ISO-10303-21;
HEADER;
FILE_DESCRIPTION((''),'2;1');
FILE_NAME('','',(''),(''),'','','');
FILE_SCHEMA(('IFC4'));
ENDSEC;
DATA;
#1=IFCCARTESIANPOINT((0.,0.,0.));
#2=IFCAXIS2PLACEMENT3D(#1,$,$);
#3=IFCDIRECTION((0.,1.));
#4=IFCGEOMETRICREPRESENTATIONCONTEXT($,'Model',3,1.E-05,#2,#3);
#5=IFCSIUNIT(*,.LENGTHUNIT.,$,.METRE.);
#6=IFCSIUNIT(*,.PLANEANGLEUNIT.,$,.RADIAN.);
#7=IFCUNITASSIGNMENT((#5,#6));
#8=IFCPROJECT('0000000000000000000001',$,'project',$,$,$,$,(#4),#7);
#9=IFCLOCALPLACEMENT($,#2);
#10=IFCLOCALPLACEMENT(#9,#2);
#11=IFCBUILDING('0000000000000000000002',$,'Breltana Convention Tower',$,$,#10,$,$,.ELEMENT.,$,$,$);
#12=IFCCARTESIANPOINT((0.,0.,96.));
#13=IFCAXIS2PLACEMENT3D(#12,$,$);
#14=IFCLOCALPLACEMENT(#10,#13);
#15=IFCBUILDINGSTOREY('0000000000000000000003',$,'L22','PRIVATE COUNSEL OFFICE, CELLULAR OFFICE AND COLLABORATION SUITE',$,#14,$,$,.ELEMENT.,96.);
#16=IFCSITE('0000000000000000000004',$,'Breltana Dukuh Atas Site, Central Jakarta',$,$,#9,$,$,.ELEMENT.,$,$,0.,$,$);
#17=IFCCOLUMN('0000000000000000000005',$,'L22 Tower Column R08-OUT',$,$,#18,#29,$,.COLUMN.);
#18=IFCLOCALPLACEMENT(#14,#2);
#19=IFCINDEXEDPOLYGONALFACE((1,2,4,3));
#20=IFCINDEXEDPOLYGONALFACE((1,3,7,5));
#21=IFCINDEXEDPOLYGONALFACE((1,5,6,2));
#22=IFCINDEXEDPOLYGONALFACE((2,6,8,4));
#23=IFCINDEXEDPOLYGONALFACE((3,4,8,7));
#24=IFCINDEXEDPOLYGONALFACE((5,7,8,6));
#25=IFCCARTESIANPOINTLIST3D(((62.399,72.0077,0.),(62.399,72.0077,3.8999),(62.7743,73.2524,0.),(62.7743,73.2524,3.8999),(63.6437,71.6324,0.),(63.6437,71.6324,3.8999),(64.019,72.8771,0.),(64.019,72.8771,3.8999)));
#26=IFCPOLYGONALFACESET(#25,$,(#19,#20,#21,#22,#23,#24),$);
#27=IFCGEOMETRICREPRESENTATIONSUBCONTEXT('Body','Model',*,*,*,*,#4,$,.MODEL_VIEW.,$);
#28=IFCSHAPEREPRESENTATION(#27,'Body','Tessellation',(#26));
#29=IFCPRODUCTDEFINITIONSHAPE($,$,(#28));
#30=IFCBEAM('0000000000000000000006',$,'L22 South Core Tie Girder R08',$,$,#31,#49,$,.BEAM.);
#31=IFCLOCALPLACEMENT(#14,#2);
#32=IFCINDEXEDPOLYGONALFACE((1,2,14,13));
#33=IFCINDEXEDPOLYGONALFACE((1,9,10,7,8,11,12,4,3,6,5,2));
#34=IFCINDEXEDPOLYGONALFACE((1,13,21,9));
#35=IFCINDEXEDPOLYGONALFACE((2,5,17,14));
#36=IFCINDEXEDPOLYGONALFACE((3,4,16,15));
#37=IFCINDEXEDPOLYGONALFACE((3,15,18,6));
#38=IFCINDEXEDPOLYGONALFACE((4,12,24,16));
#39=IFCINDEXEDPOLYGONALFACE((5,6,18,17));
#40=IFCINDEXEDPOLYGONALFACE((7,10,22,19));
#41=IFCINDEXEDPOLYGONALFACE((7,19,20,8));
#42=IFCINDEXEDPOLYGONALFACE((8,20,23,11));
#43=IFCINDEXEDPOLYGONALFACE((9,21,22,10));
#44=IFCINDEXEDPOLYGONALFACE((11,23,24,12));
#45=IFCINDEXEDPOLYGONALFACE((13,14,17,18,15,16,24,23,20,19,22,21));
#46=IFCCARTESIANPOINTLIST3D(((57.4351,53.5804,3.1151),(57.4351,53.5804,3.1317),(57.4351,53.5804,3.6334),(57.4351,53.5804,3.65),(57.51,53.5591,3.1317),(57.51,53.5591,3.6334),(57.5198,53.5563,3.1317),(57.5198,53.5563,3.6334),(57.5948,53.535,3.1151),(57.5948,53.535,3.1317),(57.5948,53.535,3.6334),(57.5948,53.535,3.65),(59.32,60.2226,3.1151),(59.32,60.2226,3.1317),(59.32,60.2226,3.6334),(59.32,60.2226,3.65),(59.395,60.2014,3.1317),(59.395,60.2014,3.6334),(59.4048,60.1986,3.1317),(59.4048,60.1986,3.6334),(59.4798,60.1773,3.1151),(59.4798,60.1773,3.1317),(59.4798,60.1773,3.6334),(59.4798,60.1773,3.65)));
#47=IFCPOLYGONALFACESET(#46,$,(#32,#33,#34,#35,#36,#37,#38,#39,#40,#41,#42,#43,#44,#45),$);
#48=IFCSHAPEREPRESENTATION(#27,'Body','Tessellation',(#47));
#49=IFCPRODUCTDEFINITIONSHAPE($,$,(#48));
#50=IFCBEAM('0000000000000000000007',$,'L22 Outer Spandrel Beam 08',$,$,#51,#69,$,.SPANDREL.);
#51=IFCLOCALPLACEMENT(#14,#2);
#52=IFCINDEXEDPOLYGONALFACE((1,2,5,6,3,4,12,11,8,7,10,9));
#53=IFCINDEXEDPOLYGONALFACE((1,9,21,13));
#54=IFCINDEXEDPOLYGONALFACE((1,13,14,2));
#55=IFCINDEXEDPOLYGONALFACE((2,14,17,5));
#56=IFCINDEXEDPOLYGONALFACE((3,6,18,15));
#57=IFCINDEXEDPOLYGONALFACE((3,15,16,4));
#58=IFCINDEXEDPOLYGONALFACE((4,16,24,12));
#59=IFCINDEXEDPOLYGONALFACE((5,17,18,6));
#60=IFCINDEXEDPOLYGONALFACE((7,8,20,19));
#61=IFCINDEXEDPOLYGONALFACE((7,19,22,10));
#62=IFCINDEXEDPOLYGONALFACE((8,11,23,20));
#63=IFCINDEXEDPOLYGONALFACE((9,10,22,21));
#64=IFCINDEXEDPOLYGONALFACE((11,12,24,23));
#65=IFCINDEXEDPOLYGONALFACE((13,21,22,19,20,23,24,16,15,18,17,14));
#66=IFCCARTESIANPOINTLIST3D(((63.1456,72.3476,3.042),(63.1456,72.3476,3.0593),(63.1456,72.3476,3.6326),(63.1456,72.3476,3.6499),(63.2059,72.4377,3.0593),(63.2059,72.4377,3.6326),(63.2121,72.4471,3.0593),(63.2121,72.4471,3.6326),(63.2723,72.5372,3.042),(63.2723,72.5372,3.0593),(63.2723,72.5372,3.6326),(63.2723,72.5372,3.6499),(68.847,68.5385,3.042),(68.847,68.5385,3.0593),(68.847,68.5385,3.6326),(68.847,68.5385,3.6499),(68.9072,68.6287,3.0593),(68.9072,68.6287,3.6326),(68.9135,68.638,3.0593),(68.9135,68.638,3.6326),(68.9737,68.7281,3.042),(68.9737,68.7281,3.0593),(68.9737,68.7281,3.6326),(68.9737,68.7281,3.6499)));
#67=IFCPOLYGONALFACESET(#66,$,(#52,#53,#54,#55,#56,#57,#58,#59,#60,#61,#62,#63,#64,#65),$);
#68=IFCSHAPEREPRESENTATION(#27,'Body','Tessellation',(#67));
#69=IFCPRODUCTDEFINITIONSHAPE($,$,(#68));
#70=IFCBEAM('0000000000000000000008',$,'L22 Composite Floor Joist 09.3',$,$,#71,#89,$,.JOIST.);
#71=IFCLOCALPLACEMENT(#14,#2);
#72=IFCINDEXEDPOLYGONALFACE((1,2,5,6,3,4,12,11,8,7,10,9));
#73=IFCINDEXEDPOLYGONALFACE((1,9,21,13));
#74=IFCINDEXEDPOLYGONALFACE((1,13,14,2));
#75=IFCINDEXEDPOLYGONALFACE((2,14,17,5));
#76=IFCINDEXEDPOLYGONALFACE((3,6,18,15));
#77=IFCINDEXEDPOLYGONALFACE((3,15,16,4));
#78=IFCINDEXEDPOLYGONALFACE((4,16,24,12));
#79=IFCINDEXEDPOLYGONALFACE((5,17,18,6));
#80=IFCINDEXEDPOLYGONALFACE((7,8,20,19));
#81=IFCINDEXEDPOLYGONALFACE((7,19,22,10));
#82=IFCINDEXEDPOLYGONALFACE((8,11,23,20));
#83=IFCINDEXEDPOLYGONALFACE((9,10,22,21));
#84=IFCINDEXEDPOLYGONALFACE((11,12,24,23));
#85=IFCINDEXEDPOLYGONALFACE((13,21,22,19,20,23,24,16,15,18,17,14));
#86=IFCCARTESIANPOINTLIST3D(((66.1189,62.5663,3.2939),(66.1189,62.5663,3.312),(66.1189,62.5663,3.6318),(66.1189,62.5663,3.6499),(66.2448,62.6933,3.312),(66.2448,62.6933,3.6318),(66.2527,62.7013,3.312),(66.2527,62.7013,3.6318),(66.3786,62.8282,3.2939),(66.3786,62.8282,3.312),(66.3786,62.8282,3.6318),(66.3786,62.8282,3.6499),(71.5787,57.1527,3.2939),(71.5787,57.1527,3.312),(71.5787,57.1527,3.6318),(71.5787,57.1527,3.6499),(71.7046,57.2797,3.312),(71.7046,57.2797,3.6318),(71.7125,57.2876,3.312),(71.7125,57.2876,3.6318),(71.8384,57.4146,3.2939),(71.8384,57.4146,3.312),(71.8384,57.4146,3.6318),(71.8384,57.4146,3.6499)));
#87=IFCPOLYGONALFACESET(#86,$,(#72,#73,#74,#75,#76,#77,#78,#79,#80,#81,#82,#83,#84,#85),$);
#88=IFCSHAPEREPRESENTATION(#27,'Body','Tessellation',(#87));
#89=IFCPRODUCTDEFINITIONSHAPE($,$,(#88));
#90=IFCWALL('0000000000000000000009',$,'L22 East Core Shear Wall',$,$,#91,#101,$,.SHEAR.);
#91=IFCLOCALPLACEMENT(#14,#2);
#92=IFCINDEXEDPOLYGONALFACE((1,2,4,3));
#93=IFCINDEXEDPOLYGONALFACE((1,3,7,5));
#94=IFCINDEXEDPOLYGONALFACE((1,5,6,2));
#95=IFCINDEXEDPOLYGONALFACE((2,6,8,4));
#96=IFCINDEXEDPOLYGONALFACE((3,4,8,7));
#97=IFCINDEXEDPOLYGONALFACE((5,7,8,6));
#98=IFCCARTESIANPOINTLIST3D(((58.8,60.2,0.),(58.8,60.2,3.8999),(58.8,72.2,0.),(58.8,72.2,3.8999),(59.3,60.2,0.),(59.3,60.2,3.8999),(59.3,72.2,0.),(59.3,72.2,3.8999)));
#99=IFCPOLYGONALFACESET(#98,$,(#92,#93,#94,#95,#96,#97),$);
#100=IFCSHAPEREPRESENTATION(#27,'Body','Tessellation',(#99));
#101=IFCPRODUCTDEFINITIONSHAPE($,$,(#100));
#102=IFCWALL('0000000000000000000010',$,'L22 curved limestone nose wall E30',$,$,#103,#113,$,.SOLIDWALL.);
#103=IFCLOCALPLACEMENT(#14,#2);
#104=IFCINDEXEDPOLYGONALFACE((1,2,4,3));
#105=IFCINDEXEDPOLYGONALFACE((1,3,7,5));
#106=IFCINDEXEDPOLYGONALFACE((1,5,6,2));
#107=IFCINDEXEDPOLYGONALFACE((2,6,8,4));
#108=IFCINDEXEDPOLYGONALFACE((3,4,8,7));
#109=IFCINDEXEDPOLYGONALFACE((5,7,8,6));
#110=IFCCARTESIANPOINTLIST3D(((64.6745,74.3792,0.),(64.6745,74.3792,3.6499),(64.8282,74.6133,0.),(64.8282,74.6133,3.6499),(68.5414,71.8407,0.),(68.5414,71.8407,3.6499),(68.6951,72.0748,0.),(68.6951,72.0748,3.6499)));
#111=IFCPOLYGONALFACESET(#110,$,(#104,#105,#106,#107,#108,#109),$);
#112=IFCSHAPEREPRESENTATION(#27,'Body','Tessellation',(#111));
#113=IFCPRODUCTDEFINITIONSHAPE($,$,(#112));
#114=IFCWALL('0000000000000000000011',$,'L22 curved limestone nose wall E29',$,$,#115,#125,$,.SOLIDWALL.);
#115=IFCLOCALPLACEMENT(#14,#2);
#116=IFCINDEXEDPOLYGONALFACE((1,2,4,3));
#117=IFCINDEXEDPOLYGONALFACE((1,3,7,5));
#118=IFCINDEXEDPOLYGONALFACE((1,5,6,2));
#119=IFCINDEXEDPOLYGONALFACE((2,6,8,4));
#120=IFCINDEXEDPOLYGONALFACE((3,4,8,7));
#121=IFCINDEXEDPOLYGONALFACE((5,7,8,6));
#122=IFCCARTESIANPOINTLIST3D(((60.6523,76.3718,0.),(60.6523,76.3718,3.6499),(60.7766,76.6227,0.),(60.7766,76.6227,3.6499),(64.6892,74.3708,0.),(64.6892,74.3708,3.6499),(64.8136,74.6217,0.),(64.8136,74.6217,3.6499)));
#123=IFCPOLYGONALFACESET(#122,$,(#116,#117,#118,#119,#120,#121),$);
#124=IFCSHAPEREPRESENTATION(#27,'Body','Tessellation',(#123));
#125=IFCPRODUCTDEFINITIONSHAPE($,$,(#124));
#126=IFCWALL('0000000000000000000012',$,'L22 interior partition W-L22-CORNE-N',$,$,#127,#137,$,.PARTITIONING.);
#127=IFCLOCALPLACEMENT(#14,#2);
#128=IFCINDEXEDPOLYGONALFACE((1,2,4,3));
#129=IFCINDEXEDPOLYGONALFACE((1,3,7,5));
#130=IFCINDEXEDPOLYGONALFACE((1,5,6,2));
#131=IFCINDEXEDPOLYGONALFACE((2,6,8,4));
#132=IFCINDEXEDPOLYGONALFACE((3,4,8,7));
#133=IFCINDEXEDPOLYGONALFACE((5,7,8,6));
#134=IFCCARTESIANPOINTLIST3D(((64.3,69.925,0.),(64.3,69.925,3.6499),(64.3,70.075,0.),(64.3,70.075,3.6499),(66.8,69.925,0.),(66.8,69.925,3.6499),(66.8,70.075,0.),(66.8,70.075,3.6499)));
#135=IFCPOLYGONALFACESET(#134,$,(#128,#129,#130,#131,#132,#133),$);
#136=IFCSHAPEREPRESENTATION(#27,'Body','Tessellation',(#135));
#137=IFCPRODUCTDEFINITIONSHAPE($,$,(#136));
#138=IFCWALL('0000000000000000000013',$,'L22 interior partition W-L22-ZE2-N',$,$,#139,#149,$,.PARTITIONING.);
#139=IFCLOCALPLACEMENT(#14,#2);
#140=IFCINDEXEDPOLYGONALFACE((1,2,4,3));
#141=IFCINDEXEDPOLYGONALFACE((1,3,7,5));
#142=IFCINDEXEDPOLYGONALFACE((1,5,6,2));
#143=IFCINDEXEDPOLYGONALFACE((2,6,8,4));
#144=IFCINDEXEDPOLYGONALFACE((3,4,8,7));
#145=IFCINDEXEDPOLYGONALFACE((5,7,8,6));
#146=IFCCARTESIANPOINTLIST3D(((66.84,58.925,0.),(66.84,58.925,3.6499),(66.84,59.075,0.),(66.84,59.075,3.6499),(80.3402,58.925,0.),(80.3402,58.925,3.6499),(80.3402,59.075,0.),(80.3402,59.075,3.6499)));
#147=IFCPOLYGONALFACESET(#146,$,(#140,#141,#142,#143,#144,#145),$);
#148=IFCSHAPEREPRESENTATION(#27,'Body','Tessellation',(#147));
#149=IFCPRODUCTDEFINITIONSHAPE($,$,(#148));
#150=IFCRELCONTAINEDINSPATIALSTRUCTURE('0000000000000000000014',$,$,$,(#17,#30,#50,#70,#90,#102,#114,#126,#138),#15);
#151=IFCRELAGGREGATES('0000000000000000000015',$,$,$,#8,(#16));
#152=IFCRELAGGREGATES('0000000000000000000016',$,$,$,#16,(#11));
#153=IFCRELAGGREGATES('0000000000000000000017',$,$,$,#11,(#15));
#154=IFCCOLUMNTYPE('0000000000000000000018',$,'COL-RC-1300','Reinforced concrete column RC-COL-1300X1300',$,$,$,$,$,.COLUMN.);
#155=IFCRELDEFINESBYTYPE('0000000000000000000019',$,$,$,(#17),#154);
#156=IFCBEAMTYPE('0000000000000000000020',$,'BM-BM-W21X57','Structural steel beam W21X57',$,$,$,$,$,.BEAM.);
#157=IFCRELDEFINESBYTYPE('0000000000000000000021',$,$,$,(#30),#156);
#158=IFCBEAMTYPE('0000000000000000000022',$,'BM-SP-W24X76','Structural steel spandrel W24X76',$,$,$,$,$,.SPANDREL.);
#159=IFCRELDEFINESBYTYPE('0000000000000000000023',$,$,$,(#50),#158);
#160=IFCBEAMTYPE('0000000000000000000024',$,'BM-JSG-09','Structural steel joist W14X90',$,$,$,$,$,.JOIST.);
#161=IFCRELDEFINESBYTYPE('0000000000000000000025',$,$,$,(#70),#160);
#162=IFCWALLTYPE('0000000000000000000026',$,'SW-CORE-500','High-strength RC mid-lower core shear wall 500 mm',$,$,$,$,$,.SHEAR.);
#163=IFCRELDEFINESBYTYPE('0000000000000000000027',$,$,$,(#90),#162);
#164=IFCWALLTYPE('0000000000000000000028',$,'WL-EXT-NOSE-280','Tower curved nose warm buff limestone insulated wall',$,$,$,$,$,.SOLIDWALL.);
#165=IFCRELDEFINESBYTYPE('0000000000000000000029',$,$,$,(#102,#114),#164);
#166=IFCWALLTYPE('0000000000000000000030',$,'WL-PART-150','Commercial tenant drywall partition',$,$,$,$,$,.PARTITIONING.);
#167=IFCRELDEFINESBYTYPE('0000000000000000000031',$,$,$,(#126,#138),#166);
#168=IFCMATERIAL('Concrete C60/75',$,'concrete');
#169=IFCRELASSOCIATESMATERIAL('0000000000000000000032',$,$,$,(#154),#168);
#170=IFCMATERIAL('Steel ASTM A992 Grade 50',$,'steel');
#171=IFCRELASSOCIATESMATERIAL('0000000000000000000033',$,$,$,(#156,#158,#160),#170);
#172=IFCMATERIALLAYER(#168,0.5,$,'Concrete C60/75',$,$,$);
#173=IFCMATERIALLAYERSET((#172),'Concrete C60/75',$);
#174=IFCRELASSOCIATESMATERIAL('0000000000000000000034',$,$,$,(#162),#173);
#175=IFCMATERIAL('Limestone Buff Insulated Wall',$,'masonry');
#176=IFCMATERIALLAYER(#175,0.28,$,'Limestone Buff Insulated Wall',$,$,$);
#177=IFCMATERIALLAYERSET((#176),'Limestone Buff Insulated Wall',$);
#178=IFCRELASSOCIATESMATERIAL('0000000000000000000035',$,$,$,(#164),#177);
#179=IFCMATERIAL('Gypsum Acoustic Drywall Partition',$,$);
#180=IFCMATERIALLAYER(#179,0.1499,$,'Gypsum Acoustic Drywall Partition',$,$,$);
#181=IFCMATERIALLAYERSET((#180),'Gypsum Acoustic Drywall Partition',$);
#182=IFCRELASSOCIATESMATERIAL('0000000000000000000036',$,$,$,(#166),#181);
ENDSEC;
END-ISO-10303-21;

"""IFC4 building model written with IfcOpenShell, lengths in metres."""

from ifc_helpers import new_model, si_unit, direction, frame, frame_2d, origin, origin_2d, place, context, subcontext, project, spatial, rectangle, i_section, extrude, source, transform, mapped, material, layer, layer_set, material_profile, profile_set, type_object, type_shapes, element, save


model = new_model("IFC4")

# Units and contexts
model_context = context("Model", 3, precision=1e-05, world=origin(), true_north=direction((0.0, 1.0)))
body_context = subcontext(model_context, "Body", "Model", "MODEL_VIEW")
ifc_project = project(units=[si_unit("LENGTHUNIT", "METRE"), si_unit("PLANEANGLEUNIT", "RADIAN")], contexts=[model_context])

# Site, building, storey
site_placement = place(None, origin())
site = spatial("IfcSite", under=ifc_project, at=site_placement, Name="Breltana Dukuh Atas Site, Central Jakarta", CompositionType="ELEMENT", RefElevation=0.0)
building_placement = place(site_placement, origin())
building = spatial("IfcBuilding", under=site, at=building_placement, Name="Breltana Convention Tower", CompositionType="ELEMENT")
storey_placement = place(building_placement, frame((0.0, 0.0, 96.0)))
storey = spatial("IfcBuildingStorey", under=building, at=storey_placement, Name="L22", Description="PRIVATE COUNSEL OFFICE, CELLULAR OFFICE AND COLLABORATION SUITE", CompositionType="ELEMENT", Elevation=96.0)

# Column
ifc_material_1 = material(Name="Concrete C60/75", Category="concrete")
ifc_material_profile_1 = material_profile(ifc_material_1, rectangle(XDim=1.3, YDim=1.3, at=origin_2d()), Name="RC-COL-1300X1300")
ifc_profile_set_1 = profile_set([ifc_material_profile_1], Name="Concrete C60/75")
column_type = type_object("IfcColumnType", Name="COL-RC-1300", Description="Reinforced concrete column RC-COL-1300X1300", PredefinedType="COLUMN", material=ifc_profile_set_1)
shared_shape_1 = source(origin(), body_context, "Body", "SweptSolid", [
    extrude(rectangle(XDim=1.3, YDim=1.3, at=origin_2d()), origin(), (0.0, 0.0, 1.0), 3.8999),
])
column_placement = place(storey_placement, frame((63.209, 72.4424, 0.0), z_axis=(0.0, 0.0, 1.0), x_axis=(0.288698, 0.95742, 0.0)))
element("IfcColumn", 1, at=column_placement, inside=storey, type_object=column_type, Name="L22 Tower Column R08-OUT", PredefinedType="COLUMN", context=body_context, shape_type="MappedRepresentation", body=[
    mapped(shared_shape_1, transform((0.0, 0.0, 0.0), scale=1.0)),
])

# Beams
ifc_material_2 = material(Name="Steel ASTM A992 Grade 50", Category="steel")
ifc_material_profile_2 = material_profile(ifc_material_2, i_section(OverallWidth=0.166, OverallDepth=0.5349, WebThickness=0.0103, FlangeThickness=0.0166, at=origin_2d()), Name="W21X57")
ifc_profile_set_2 = profile_set([ifc_material_profile_2], Name="Steel ASTM A992 Grade 50")
beam_type_1 = type_object("IfcBeamType", Name="BM-BM-W21X57", Description="Structural steel beam W21X57", PredefinedType="BEAM", material=ifc_profile_set_2)
shared_shape_2 = source(origin(), body_context, "Body", "SweptSolid", [
    extrude(i_section(OverallWidth=0.166, OverallDepth=0.5349, WebThickness=0.0103, FlangeThickness=0.0166, at=origin_2d()), origin(), (0.0, 0.0, 1.0), 6.9045),
])
type_shapes(beam_type_1, [shared_shape_2])
beam_1_placement = place(storey_placement, frame((59.3999, 60.2, 3.3826), z_axis=(-0.273007, -0.962012, 0.0), x_axis=(0.962012, -0.273007, 0.0)))
element("IfcBeam", 2, at=beam_1_placement, inside=storey, type_object=beam_type_1, Name="L22 South Core Tie Girder R08", PredefinedType="BEAM", context=body_context, shape_type="MappedRepresentation", body=[
    mapped(shared_shape_2, transform((0.0, 0.0, 0.0), scale=1.0)),
])
ifc_material_profile_3 = material_profile(ifc_material_2, i_section(OverallWidth=0.228, OverallDepth=0.6079, WebThickness=0.0112, FlangeThickness=0.0173, at=origin_2d()), Name="W24X76")
ifc_profile_set_3 = profile_set([ifc_material_profile_3], Name="Steel ASTM A992 Grade 50")
beam_type_2 = type_object("IfcBeamType", Name="BM-SP-W24X76", Description="Structural steel spandrel W24X76", PredefinedType="SPANDREL", material=ifc_profile_set_3)
shared_shape_3 = source(origin(), body_context, "Body", "SweptSolid", [
    extrude(i_section(OverallWidth=0.228, OverallDepth=0.6079, WebThickness=0.0112, FlangeThickness=0.0173, at=origin_2d()), origin(), (0.0, 0.0, 1.0), 6.8567),
])
beam_2_placement = place(storey_placement, frame((63.209, 72.4424, 3.3459), z_axis=(0.831502, -0.555522, 0.0), x_axis=(0.555522, 0.831502, 0.0)))
element("IfcBeam", 3, at=beam_2_placement, inside=storey, type_object=beam_type_2, Name="L22 Outer Spandrel Beam 08", PredefinedType="SPANDREL", context=body_context, shape_type="MappedRepresentation", body=[
    mapped(shared_shape_3, transform((0.0, 0.0, 0.0), scale=1.0)),
])
ifc_material_profile_4 = material_profile(ifc_material_2, i_section(OverallWidth=0.3689, OverallDepth=0.356, WebThickness=0.0112, FlangeThickness=0.0181, at=origin_2d()), Name="W14X90")
ifc_profile_set_4 = profile_set([ifc_material_profile_4], Name="Steel ASTM A992 Grade 50")
beam_type_3 = type_object("IfcBeamType", Name="BM-JSG-09", Description="Structural steel joist W14X90", PredefinedType="JOIST", material=ifc_profile_set_4)
shared_shape_4 = source(origin(), body_context, "Body", "SweptSolid", [
    extrude(i_section(OverallWidth=0.3689, OverallDepth=0.356, WebThickness=0.0112, FlangeThickness=0.0181, at=origin_2d()), origin(), (0.0, 0.0, 1.0), 7.6887),
])
beam_3_placement = place(storey_placement, frame((66.2488, 62.6973, 3.4719), z_axis=(0.710101, -0.7041, 0.0), x_axis=(0.7041, 0.710101, 0.0)))
element("IfcBeam", 4, at=beam_3_placement, inside=storey, type_object=beam_type_3, Name="L22 Composite Floor Joist 09.3", PredefinedType="JOIST", context=body_context, shape_type="MappedRepresentation", body=[
    mapped(shared_shape_4, transform((0.0, 0.0, 0.0), scale=1.0)),
])

# Walls
ifc_layer_1 = layer(ifc_material_1, 0.5, Name="Concrete C60/75")
ifc_layer_set_1 = layer_set([ifc_layer_1], Name="Concrete C60/75")
wall_type_1 = type_object("IfcWallType", Name="SW-CORE-500", Description="High-strength RC mid-lower core shear wall 500 mm", PredefinedType="SHEAR", material=ifc_layer_set_1)
shared_shape_5 = source(origin(), body_context, "Body", "SweptSolid", [
    extrude(rectangle(XDim=12.0, YDim=0.5, at=frame_2d((6.0, 0.0))), origin(), (0.0, 0.0, 1.0), 3.8999),
])
wall_1_placement = place(storey_placement, frame((59.05, 60.2, 0.0), z_axis=(0.0, 0.0, 1.0), x_axis=(0.0, 1.0, 0.0)))
element("IfcWall", 5, at=wall_1_placement, inside=storey, type_object=wall_type_1, Name="L22 East Core Shear Wall", PredefinedType="SHEAR", context=body_context, shape_type="MappedRepresentation", body=[
    mapped(shared_shape_5, transform((0.0, 0.0, 0.0), scale=1.0)),
])
ifc_material_3 = material(Name="Limestone Buff Insulated Wall", Category="masonry")
ifc_layer_2 = layer(ifc_material_3, 0.28, Name="Limestone Buff Insulated Wall")
ifc_layer_set_2 = layer_set([ifc_layer_2], Name="Limestone Buff Insulated Wall")
wall_type_2 = type_object("IfcWallType", Name="WL-EXT-NOSE-280", Description="Tower curved nose warm buff limestone insulated wall", PredefinedType="SOLIDWALL", material=ifc_layer_set_2)
shared_shape_6 = source(origin(), body_context, "Body", "SweptSolid", [
    extrude(rectangle(XDim=4.6257, YDim=0.28, at=frame_2d((2.313, 0.0))), origin(), (0.0, 0.0, 1.0), 3.6499),
])
wall_2_placement = place(storey_placement, frame((64.7512, 74.4963, 0.0), z_axis=(0.0, 0.0, 1.0), x_axis=(0.835959, -0.548791, 0.0)))
element("IfcWall", 6, at=wall_2_placement, inside=storey, type_object=wall_type_2, Name="L22 curved limestone nose wall E30", PredefinedType="SOLIDWALL", context=body_context, shape_type="MappedRepresentation", body=[
    mapped(shared_shape_6, transform((0.0, 0.0, 0.0), scale=1.0)),
])
shared_shape_7 = source(origin(), body_context, "Body", "SweptSolid", [
    extrude(rectangle(XDim=4.5056, YDim=0.28, at=frame_2d((2.2529, 0.0))), origin(), (0.0, 0.0, 1.0), 3.6499),
])
wall_3_placement = place(storey_placement, frame((60.7144, 76.4973, 0.0), z_axis=(0.0, 0.0, 1.0), x_axis=(0.895972, -0.444111, 0.0)))
element("IfcWall", 7, at=wall_3_placement, inside=storey, type_object=wall_type_2, Name="L22 curved limestone nose wall E29", PredefinedType="SOLIDWALL", context=body_context, shape_type="MappedRepresentation", body=[
    mapped(shared_shape_7, transform((0.0, 0.0, 0.0), scale=1.0)),
])
ifc_material_4 = material(Name="Gypsum Acoustic Drywall Partition")
ifc_layer_3 = layer(ifc_material_4, 0.1499, Name="Gypsum Acoustic Drywall Partition")
ifc_layer_set_3 = layer_set([ifc_layer_3], Name="Gypsum Acoustic Drywall Partition")
wall_type_3 = type_object("IfcWallType", Name="WL-PART-150", Description="Commercial tenant drywall partition", PredefinedType="PARTITIONING", material=ifc_layer_set_3)
shared_shape_8 = source(origin(), body_context, "Body", "SweptSolid", [
    extrude(rectangle(XDim=2.5, YDim=0.1499, at=frame_2d((1.25, 0.0))), origin(), (0.0, 0.0, 1.0), 3.6499),
])
wall_4_placement = place(storey_placement, frame((64.3, 70.0, 0.0), z_axis=(0.0, 0.0, 1.0), x_axis=(1.0, 0.0, 0.0)))
element("IfcWall", 8, at=wall_4_placement, inside=storey, type_object=wall_type_3, Name="L22 interior partition W-L22-CORNE-N", PredefinedType="PARTITIONING", context=body_context, shape_type="MappedRepresentation", body=[
    mapped(shared_shape_8, transform((0.0, 0.0, 0.0), scale=1.0)),
])
shared_shape_9 = source(origin(), body_context, "Body", "SweptSolid", [
    extrude(rectangle(XDim=13.5002, YDim=0.1499, at=frame_2d((6.75, 0.0))), origin(), (0.0, 0.0, 1.0), 3.6499),
])
wall_5_placement = place(storey_placement, frame((66.8401, 59.0, 0.0), z_axis=(0.0, 0.0, 1.0), x_axis=(1.0, 0.0, 0.0)))
element("IfcWall", 9, at=wall_5_placement, inside=storey, type_object=wall_type_3, Name="L22 interior partition W-L22-ZE2-N", PredefinedType="PARTITIONING", context=body_context, shape_type="MappedRepresentation", body=[
    mapped(shared_shape_9, transform((0.0, 0.0, 0.0), scale=1.0)),
])

save(model, "model.ifc")
